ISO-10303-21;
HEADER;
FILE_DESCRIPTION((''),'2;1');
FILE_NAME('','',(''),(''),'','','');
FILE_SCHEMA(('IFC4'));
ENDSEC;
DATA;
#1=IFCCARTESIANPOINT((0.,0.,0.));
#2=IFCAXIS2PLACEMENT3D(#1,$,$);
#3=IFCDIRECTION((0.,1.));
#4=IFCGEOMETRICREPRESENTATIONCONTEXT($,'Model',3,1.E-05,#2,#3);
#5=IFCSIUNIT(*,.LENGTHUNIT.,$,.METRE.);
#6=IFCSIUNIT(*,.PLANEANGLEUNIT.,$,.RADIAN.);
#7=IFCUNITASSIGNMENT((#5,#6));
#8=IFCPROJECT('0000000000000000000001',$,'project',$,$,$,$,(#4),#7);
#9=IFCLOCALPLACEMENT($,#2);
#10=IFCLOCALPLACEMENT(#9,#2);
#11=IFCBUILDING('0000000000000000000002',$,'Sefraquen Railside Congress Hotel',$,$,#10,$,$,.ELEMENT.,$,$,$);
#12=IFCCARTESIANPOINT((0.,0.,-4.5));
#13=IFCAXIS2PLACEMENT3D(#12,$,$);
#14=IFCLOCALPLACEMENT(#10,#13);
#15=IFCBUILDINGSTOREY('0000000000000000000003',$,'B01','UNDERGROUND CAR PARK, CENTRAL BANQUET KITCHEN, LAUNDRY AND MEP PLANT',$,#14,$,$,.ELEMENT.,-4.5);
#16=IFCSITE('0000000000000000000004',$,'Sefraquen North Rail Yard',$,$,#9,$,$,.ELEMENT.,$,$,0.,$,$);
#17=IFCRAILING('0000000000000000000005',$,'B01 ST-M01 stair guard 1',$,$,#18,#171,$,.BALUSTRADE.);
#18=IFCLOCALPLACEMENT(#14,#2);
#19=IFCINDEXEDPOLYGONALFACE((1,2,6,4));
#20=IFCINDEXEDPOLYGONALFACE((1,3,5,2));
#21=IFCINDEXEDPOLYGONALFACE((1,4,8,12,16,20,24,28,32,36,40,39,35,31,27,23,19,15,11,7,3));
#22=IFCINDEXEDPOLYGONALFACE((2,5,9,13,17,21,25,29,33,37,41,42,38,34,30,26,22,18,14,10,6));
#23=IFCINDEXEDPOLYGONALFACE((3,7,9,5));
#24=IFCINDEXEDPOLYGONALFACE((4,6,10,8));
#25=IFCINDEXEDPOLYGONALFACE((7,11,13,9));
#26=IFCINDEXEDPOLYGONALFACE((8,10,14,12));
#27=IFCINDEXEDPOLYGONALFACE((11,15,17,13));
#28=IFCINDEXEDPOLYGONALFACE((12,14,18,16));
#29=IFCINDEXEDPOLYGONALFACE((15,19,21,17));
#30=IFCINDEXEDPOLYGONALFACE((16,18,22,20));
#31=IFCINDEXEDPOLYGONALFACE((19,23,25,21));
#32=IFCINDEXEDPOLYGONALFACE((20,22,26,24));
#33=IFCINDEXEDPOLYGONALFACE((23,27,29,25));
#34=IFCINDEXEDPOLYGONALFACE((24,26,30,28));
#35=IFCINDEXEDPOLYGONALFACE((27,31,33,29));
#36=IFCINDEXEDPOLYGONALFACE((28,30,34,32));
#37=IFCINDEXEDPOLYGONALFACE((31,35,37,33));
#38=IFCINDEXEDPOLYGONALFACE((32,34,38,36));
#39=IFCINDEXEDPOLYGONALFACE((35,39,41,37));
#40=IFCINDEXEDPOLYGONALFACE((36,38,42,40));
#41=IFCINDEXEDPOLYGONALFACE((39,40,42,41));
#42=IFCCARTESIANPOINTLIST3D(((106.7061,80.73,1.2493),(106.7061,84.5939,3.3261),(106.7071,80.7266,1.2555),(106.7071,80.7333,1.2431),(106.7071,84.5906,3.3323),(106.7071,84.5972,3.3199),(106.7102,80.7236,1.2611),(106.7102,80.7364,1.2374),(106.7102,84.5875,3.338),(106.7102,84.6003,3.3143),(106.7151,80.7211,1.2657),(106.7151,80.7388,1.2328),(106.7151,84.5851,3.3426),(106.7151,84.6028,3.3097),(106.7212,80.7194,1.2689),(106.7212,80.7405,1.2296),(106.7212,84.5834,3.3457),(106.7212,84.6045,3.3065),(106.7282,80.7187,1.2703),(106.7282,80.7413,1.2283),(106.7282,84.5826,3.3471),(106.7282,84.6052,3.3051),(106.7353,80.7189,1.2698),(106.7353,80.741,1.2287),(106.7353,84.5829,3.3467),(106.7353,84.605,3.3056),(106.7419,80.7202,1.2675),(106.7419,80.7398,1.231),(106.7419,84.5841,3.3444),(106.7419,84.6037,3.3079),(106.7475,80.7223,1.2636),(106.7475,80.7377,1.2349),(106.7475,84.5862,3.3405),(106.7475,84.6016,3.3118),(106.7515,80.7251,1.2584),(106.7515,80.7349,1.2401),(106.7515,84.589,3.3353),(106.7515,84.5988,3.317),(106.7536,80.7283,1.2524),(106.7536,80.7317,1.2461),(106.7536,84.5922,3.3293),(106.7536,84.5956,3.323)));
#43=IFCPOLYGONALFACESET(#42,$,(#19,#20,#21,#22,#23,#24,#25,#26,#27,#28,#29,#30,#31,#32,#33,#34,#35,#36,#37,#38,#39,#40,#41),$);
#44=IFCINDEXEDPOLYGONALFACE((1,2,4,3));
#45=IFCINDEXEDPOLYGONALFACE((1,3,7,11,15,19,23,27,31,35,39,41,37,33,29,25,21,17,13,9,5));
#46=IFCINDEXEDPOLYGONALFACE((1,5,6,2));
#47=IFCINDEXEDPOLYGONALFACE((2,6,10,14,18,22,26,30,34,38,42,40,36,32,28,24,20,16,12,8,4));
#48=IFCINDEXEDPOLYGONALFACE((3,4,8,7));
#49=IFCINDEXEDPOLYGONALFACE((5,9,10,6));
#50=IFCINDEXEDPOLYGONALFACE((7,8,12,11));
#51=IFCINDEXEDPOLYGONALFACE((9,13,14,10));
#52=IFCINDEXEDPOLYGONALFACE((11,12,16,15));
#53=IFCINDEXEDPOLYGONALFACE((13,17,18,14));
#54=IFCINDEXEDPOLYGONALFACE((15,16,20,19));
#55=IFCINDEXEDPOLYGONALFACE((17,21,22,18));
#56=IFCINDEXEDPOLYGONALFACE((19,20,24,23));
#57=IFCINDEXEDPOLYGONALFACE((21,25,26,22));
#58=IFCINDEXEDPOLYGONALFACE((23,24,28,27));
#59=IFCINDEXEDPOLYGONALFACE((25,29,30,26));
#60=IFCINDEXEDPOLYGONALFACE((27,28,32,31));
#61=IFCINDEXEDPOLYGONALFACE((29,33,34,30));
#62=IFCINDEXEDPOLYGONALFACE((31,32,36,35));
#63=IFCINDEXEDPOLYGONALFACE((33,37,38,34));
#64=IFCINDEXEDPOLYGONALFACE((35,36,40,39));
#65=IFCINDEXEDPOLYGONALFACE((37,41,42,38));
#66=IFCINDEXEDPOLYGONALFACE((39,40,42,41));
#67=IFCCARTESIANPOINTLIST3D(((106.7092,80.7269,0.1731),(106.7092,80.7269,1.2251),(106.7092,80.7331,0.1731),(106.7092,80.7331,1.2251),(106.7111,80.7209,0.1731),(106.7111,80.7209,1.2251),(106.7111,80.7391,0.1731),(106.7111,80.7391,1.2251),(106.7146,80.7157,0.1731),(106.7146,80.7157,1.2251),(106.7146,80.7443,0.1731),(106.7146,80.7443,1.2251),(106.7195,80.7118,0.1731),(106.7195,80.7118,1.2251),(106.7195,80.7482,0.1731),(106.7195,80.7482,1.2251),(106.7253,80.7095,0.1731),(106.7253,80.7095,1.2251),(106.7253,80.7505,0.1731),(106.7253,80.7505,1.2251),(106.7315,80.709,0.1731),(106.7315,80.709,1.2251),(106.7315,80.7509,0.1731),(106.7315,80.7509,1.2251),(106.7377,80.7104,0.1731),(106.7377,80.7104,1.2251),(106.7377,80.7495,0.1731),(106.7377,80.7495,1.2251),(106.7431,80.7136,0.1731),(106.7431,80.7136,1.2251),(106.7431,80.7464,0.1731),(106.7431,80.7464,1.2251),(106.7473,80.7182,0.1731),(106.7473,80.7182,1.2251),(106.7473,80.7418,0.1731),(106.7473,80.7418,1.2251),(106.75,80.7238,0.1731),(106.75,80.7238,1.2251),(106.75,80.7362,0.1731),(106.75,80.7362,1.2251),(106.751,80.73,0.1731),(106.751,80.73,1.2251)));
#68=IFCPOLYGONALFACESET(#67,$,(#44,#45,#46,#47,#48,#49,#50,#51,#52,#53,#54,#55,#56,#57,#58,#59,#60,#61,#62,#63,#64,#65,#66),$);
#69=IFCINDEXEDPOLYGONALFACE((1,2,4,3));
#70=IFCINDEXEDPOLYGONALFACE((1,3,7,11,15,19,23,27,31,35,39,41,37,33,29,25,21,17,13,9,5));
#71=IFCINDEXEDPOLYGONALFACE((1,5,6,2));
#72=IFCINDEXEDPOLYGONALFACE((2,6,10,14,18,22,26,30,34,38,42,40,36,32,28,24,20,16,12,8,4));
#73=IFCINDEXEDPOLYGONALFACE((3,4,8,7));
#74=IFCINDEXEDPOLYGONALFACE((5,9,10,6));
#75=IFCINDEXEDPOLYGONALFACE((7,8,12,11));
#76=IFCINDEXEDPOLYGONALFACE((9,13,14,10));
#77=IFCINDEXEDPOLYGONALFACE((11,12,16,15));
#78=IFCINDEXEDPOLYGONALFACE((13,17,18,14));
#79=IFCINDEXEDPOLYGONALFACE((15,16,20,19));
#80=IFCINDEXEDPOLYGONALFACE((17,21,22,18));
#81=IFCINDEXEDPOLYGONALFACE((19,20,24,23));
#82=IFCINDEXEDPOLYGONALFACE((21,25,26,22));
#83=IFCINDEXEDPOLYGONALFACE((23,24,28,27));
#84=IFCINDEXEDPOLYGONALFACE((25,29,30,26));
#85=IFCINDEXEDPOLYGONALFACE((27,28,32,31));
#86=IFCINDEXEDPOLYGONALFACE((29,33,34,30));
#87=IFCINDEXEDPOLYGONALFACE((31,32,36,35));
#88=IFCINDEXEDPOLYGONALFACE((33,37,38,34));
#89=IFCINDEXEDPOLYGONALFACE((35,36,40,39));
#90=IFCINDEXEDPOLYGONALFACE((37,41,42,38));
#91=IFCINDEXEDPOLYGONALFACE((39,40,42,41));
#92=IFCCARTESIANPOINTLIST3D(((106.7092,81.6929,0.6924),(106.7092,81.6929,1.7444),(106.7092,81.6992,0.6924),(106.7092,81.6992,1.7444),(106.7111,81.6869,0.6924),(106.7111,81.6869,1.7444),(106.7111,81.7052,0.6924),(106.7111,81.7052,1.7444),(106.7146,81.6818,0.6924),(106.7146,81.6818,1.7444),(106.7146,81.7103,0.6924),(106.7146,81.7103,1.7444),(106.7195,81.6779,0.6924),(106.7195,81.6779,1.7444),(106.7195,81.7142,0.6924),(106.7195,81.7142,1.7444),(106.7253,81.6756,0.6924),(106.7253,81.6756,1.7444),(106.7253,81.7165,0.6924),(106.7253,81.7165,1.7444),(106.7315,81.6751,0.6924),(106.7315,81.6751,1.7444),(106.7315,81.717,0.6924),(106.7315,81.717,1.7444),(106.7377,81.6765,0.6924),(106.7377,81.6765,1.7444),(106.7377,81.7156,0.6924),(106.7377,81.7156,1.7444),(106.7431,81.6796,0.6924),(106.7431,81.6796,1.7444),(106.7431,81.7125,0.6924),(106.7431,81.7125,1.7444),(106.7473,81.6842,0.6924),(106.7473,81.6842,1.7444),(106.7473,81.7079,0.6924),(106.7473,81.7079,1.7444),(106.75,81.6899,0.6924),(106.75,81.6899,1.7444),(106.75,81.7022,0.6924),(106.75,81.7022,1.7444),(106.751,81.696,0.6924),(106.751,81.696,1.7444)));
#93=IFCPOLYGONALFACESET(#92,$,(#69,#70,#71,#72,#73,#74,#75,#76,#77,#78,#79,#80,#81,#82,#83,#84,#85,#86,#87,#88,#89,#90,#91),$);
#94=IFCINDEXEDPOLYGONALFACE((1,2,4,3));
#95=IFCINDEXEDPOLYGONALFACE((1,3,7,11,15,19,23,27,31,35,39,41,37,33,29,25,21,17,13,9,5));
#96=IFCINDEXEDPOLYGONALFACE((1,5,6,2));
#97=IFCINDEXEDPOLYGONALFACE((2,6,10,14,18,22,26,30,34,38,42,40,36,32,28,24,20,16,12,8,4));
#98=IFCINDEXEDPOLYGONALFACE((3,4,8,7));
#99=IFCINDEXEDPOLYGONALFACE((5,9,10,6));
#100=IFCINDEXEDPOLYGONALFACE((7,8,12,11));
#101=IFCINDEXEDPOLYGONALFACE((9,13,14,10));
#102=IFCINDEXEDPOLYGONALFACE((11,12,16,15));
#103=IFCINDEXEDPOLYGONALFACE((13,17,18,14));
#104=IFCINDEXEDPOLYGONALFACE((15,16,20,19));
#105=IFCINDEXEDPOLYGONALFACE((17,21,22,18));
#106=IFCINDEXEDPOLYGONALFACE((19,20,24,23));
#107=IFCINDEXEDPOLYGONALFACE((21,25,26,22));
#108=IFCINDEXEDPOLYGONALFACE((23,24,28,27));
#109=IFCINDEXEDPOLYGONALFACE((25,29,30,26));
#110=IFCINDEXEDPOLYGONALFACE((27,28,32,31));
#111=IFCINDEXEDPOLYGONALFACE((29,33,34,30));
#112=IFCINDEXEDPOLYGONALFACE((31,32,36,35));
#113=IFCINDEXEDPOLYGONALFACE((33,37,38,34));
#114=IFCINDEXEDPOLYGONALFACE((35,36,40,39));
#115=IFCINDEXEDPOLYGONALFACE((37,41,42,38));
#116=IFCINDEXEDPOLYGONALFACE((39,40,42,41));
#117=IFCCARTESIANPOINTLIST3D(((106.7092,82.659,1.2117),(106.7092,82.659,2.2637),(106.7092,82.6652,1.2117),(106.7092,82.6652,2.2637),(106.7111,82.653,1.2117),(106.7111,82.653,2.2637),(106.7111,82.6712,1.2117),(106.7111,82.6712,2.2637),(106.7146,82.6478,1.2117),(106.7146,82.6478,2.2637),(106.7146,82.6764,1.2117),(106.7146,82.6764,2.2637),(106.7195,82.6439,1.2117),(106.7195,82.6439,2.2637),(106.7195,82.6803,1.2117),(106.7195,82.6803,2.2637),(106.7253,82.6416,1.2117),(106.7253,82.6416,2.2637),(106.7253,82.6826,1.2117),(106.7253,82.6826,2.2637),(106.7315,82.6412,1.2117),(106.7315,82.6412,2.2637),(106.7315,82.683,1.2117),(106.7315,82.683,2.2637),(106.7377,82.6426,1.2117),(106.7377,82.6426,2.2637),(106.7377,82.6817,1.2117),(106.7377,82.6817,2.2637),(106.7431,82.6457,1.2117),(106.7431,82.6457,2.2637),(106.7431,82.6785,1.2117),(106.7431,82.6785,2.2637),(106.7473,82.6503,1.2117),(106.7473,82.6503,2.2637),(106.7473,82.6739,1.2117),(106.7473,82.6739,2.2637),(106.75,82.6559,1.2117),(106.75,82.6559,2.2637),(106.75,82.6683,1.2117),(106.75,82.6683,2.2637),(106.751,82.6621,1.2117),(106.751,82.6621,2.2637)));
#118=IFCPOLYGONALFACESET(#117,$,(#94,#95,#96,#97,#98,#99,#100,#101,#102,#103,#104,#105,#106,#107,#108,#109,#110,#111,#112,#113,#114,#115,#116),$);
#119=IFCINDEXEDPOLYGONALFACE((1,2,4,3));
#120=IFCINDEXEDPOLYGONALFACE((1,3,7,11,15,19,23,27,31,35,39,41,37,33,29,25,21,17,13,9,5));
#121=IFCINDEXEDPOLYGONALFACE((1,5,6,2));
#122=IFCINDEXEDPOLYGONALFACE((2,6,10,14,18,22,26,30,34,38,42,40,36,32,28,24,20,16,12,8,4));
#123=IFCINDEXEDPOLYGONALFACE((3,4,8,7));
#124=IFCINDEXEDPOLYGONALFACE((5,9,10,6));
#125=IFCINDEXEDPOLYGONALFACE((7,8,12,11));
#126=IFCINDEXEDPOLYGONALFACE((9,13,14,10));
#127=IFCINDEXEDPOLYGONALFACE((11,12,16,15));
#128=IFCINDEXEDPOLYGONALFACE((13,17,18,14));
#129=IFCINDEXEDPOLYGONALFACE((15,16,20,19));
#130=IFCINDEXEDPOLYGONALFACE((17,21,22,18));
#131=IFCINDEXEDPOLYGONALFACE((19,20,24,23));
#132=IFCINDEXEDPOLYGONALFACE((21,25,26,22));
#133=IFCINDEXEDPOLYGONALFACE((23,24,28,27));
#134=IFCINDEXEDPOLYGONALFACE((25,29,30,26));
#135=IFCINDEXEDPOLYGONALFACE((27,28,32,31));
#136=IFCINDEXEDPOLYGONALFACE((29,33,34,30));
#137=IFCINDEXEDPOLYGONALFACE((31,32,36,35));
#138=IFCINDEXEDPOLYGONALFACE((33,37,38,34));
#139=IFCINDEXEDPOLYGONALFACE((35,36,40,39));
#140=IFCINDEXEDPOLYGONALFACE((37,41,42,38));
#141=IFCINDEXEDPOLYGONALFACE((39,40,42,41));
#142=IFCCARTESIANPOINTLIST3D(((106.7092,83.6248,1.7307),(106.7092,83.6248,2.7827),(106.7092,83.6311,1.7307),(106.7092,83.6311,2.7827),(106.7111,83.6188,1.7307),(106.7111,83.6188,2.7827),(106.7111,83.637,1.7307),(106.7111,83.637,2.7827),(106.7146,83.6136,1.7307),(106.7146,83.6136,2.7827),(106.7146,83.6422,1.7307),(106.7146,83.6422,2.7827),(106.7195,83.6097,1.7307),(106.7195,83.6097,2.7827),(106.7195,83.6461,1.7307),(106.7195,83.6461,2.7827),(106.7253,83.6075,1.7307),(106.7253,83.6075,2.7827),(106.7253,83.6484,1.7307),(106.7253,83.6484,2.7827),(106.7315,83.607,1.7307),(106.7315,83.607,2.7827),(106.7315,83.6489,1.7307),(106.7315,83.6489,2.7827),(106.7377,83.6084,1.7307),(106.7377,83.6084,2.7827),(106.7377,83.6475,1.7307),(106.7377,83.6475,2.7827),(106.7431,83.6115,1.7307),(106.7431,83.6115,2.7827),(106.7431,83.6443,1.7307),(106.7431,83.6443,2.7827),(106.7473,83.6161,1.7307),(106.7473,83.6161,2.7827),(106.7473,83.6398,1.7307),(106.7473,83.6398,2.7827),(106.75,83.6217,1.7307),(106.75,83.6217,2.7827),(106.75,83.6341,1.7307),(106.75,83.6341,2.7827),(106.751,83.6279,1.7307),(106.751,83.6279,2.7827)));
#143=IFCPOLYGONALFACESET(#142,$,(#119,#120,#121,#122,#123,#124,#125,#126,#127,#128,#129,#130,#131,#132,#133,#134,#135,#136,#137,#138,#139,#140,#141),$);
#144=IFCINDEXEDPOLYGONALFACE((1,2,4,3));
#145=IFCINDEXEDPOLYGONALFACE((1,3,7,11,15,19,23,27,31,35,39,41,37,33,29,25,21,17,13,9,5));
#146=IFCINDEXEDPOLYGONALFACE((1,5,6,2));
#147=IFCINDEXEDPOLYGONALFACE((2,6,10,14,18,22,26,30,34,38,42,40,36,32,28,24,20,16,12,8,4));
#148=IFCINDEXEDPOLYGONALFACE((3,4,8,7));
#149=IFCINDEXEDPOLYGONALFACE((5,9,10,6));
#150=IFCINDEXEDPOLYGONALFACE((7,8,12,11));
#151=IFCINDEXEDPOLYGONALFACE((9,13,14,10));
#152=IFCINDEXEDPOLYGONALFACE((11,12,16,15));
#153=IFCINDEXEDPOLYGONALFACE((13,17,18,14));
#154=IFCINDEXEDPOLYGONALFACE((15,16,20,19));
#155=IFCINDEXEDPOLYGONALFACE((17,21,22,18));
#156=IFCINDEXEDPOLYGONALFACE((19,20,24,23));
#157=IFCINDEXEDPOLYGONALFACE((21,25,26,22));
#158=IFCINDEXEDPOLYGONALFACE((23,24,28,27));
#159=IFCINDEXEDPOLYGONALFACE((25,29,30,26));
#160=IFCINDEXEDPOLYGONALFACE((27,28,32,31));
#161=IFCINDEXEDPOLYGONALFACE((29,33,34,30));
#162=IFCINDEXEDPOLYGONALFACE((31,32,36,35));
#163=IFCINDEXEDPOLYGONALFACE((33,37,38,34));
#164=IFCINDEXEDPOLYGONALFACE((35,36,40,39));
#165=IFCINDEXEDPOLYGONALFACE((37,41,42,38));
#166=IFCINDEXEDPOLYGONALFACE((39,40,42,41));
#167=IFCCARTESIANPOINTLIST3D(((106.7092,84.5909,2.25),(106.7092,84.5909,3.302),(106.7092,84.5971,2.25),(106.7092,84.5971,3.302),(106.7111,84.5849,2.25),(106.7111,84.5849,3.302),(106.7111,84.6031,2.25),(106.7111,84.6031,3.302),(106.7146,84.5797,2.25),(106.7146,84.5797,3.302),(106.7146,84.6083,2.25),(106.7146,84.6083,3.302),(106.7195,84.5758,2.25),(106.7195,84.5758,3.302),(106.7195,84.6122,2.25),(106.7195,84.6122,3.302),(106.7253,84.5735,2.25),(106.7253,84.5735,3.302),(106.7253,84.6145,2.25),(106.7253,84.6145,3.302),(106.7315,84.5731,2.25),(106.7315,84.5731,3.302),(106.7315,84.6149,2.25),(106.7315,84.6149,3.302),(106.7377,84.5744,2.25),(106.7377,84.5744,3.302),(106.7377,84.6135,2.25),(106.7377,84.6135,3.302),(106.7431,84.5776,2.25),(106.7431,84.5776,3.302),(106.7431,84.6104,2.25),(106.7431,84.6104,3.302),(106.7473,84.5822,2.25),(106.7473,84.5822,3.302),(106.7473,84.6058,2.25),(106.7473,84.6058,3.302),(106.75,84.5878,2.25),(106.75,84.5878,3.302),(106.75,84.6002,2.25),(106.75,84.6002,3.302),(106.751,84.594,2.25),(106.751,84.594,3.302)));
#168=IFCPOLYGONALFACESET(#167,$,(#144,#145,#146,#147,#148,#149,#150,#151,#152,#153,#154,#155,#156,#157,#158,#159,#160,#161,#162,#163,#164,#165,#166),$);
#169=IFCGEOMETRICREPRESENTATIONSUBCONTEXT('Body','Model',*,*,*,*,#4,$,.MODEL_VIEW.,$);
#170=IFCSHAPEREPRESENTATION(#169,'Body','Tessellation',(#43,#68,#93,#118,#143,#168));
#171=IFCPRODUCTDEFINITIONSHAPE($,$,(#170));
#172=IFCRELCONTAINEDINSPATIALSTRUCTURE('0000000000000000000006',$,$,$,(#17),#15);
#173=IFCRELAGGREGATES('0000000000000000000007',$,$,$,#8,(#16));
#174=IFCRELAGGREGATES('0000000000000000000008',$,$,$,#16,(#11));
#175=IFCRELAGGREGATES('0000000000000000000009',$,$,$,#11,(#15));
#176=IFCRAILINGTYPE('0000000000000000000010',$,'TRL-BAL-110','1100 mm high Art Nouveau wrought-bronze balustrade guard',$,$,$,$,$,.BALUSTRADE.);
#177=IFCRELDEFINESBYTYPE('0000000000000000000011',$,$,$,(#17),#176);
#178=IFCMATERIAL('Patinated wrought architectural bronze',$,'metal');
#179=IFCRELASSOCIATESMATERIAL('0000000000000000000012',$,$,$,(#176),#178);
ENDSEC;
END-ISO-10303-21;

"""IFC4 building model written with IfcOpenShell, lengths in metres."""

from ifc_helpers import new_model, si_unit, direction, frame, origin, origin_2d, place, context, subcontext, project, spatial, circle, extrude, material, type_object, element, save


model = new_model("IFC4")

# Units and contexts
model_context = context("Model", 3, precision=1e-05, world=origin(), true_north=direction((0.0, 1.0)))
body_context = subcontext(model_context, "Body", "Model", "MODEL_VIEW")
ifc_project = project(units=[si_unit("LENGTHUNIT", "METRE"), si_unit("PLANEANGLEUNIT", "RADIAN")], contexts=[model_context])

# Site, building, storey
site_placement = place(None, origin())
site = spatial("IfcSite", under=ifc_project, at=site_placement, Name="Sefraquen North Rail Yard", CompositionType="ELEMENT", RefElevation=0.0)
building_placement = place(site_placement, origin())
building = spatial("IfcBuilding", under=site, at=building_placement, Name="Sefraquen Railside Congress Hotel", CompositionType="ELEMENT")
storey_placement = place(building_placement, frame((0.0, 0.0, -4.5)))
storey = spatial("IfcBuildingStorey", under=building, at=storey_placement, Name="B01", Description="UNDERGROUND CAR PARK, CENTRAL BANQUET KITCHEN, LAUNDRY AND MEP PLANT", CompositionType="ELEMENT", Elevation=-4.5)

# Railing
ifc_material_1 = material(Name="Patinated wrought architectural bronze", Category="metal")
railing_type_1 = type_object("IfcRailingType", Name="TRL-BAL-110", Description="1100 mm high Art Nouveau wrought-bronze balustrade guard", PredefinedType="BALUSTRADE", material=ifc_material_1)
railing_1_placement = place(storey_placement, frame((106.73, 80.73, 0.1731)))
element("IfcRailing", 1, at=railing_1_placement, inside=storey, type_object=railing_type_1, Name="B01 ST-M01 stair guard 1", PredefinedType="BALUSTRADE", context=body_context, shape_type="SweptSolid", body=[
    extrude(circle(Radius=0.0239, at=origin_2d()), frame((0.0, 0.0, 1.0762), z_axis=(0.0, 0.880825, 0.473443), x_axis=(-1.0, 0.0, 0.0)), (0.0, 0.0, 1.0), 4.3867),
    extrude(circle(Radius=0.021, at=origin_2d()), origin(), (0.0, 0.0, 1.0), 1.052),
    extrude(circle(Radius=0.021, at=origin_2d()), frame((0.0, 0.9661, 0.5193)), (0.0, 0.0, 1.0), 1.052),
    extrude(circle(Radius=0.021, at=origin_2d()), frame((0.0, 1.9321, 1.0386)), (0.0, 0.0, 1.0), 1.052),
    extrude(circle(Radius=0.021, at=origin_2d()), frame((0.0, 2.8979, 1.5576)), (0.0, 0.0, 1.0), 1.052),
    extrude(circle(Radius=0.021, at=origin_2d()), frame((0.0, 3.864, 2.0769)), (0.0, 0.0, 1.0), 1.052),
])

save(model, "model.ifc")
